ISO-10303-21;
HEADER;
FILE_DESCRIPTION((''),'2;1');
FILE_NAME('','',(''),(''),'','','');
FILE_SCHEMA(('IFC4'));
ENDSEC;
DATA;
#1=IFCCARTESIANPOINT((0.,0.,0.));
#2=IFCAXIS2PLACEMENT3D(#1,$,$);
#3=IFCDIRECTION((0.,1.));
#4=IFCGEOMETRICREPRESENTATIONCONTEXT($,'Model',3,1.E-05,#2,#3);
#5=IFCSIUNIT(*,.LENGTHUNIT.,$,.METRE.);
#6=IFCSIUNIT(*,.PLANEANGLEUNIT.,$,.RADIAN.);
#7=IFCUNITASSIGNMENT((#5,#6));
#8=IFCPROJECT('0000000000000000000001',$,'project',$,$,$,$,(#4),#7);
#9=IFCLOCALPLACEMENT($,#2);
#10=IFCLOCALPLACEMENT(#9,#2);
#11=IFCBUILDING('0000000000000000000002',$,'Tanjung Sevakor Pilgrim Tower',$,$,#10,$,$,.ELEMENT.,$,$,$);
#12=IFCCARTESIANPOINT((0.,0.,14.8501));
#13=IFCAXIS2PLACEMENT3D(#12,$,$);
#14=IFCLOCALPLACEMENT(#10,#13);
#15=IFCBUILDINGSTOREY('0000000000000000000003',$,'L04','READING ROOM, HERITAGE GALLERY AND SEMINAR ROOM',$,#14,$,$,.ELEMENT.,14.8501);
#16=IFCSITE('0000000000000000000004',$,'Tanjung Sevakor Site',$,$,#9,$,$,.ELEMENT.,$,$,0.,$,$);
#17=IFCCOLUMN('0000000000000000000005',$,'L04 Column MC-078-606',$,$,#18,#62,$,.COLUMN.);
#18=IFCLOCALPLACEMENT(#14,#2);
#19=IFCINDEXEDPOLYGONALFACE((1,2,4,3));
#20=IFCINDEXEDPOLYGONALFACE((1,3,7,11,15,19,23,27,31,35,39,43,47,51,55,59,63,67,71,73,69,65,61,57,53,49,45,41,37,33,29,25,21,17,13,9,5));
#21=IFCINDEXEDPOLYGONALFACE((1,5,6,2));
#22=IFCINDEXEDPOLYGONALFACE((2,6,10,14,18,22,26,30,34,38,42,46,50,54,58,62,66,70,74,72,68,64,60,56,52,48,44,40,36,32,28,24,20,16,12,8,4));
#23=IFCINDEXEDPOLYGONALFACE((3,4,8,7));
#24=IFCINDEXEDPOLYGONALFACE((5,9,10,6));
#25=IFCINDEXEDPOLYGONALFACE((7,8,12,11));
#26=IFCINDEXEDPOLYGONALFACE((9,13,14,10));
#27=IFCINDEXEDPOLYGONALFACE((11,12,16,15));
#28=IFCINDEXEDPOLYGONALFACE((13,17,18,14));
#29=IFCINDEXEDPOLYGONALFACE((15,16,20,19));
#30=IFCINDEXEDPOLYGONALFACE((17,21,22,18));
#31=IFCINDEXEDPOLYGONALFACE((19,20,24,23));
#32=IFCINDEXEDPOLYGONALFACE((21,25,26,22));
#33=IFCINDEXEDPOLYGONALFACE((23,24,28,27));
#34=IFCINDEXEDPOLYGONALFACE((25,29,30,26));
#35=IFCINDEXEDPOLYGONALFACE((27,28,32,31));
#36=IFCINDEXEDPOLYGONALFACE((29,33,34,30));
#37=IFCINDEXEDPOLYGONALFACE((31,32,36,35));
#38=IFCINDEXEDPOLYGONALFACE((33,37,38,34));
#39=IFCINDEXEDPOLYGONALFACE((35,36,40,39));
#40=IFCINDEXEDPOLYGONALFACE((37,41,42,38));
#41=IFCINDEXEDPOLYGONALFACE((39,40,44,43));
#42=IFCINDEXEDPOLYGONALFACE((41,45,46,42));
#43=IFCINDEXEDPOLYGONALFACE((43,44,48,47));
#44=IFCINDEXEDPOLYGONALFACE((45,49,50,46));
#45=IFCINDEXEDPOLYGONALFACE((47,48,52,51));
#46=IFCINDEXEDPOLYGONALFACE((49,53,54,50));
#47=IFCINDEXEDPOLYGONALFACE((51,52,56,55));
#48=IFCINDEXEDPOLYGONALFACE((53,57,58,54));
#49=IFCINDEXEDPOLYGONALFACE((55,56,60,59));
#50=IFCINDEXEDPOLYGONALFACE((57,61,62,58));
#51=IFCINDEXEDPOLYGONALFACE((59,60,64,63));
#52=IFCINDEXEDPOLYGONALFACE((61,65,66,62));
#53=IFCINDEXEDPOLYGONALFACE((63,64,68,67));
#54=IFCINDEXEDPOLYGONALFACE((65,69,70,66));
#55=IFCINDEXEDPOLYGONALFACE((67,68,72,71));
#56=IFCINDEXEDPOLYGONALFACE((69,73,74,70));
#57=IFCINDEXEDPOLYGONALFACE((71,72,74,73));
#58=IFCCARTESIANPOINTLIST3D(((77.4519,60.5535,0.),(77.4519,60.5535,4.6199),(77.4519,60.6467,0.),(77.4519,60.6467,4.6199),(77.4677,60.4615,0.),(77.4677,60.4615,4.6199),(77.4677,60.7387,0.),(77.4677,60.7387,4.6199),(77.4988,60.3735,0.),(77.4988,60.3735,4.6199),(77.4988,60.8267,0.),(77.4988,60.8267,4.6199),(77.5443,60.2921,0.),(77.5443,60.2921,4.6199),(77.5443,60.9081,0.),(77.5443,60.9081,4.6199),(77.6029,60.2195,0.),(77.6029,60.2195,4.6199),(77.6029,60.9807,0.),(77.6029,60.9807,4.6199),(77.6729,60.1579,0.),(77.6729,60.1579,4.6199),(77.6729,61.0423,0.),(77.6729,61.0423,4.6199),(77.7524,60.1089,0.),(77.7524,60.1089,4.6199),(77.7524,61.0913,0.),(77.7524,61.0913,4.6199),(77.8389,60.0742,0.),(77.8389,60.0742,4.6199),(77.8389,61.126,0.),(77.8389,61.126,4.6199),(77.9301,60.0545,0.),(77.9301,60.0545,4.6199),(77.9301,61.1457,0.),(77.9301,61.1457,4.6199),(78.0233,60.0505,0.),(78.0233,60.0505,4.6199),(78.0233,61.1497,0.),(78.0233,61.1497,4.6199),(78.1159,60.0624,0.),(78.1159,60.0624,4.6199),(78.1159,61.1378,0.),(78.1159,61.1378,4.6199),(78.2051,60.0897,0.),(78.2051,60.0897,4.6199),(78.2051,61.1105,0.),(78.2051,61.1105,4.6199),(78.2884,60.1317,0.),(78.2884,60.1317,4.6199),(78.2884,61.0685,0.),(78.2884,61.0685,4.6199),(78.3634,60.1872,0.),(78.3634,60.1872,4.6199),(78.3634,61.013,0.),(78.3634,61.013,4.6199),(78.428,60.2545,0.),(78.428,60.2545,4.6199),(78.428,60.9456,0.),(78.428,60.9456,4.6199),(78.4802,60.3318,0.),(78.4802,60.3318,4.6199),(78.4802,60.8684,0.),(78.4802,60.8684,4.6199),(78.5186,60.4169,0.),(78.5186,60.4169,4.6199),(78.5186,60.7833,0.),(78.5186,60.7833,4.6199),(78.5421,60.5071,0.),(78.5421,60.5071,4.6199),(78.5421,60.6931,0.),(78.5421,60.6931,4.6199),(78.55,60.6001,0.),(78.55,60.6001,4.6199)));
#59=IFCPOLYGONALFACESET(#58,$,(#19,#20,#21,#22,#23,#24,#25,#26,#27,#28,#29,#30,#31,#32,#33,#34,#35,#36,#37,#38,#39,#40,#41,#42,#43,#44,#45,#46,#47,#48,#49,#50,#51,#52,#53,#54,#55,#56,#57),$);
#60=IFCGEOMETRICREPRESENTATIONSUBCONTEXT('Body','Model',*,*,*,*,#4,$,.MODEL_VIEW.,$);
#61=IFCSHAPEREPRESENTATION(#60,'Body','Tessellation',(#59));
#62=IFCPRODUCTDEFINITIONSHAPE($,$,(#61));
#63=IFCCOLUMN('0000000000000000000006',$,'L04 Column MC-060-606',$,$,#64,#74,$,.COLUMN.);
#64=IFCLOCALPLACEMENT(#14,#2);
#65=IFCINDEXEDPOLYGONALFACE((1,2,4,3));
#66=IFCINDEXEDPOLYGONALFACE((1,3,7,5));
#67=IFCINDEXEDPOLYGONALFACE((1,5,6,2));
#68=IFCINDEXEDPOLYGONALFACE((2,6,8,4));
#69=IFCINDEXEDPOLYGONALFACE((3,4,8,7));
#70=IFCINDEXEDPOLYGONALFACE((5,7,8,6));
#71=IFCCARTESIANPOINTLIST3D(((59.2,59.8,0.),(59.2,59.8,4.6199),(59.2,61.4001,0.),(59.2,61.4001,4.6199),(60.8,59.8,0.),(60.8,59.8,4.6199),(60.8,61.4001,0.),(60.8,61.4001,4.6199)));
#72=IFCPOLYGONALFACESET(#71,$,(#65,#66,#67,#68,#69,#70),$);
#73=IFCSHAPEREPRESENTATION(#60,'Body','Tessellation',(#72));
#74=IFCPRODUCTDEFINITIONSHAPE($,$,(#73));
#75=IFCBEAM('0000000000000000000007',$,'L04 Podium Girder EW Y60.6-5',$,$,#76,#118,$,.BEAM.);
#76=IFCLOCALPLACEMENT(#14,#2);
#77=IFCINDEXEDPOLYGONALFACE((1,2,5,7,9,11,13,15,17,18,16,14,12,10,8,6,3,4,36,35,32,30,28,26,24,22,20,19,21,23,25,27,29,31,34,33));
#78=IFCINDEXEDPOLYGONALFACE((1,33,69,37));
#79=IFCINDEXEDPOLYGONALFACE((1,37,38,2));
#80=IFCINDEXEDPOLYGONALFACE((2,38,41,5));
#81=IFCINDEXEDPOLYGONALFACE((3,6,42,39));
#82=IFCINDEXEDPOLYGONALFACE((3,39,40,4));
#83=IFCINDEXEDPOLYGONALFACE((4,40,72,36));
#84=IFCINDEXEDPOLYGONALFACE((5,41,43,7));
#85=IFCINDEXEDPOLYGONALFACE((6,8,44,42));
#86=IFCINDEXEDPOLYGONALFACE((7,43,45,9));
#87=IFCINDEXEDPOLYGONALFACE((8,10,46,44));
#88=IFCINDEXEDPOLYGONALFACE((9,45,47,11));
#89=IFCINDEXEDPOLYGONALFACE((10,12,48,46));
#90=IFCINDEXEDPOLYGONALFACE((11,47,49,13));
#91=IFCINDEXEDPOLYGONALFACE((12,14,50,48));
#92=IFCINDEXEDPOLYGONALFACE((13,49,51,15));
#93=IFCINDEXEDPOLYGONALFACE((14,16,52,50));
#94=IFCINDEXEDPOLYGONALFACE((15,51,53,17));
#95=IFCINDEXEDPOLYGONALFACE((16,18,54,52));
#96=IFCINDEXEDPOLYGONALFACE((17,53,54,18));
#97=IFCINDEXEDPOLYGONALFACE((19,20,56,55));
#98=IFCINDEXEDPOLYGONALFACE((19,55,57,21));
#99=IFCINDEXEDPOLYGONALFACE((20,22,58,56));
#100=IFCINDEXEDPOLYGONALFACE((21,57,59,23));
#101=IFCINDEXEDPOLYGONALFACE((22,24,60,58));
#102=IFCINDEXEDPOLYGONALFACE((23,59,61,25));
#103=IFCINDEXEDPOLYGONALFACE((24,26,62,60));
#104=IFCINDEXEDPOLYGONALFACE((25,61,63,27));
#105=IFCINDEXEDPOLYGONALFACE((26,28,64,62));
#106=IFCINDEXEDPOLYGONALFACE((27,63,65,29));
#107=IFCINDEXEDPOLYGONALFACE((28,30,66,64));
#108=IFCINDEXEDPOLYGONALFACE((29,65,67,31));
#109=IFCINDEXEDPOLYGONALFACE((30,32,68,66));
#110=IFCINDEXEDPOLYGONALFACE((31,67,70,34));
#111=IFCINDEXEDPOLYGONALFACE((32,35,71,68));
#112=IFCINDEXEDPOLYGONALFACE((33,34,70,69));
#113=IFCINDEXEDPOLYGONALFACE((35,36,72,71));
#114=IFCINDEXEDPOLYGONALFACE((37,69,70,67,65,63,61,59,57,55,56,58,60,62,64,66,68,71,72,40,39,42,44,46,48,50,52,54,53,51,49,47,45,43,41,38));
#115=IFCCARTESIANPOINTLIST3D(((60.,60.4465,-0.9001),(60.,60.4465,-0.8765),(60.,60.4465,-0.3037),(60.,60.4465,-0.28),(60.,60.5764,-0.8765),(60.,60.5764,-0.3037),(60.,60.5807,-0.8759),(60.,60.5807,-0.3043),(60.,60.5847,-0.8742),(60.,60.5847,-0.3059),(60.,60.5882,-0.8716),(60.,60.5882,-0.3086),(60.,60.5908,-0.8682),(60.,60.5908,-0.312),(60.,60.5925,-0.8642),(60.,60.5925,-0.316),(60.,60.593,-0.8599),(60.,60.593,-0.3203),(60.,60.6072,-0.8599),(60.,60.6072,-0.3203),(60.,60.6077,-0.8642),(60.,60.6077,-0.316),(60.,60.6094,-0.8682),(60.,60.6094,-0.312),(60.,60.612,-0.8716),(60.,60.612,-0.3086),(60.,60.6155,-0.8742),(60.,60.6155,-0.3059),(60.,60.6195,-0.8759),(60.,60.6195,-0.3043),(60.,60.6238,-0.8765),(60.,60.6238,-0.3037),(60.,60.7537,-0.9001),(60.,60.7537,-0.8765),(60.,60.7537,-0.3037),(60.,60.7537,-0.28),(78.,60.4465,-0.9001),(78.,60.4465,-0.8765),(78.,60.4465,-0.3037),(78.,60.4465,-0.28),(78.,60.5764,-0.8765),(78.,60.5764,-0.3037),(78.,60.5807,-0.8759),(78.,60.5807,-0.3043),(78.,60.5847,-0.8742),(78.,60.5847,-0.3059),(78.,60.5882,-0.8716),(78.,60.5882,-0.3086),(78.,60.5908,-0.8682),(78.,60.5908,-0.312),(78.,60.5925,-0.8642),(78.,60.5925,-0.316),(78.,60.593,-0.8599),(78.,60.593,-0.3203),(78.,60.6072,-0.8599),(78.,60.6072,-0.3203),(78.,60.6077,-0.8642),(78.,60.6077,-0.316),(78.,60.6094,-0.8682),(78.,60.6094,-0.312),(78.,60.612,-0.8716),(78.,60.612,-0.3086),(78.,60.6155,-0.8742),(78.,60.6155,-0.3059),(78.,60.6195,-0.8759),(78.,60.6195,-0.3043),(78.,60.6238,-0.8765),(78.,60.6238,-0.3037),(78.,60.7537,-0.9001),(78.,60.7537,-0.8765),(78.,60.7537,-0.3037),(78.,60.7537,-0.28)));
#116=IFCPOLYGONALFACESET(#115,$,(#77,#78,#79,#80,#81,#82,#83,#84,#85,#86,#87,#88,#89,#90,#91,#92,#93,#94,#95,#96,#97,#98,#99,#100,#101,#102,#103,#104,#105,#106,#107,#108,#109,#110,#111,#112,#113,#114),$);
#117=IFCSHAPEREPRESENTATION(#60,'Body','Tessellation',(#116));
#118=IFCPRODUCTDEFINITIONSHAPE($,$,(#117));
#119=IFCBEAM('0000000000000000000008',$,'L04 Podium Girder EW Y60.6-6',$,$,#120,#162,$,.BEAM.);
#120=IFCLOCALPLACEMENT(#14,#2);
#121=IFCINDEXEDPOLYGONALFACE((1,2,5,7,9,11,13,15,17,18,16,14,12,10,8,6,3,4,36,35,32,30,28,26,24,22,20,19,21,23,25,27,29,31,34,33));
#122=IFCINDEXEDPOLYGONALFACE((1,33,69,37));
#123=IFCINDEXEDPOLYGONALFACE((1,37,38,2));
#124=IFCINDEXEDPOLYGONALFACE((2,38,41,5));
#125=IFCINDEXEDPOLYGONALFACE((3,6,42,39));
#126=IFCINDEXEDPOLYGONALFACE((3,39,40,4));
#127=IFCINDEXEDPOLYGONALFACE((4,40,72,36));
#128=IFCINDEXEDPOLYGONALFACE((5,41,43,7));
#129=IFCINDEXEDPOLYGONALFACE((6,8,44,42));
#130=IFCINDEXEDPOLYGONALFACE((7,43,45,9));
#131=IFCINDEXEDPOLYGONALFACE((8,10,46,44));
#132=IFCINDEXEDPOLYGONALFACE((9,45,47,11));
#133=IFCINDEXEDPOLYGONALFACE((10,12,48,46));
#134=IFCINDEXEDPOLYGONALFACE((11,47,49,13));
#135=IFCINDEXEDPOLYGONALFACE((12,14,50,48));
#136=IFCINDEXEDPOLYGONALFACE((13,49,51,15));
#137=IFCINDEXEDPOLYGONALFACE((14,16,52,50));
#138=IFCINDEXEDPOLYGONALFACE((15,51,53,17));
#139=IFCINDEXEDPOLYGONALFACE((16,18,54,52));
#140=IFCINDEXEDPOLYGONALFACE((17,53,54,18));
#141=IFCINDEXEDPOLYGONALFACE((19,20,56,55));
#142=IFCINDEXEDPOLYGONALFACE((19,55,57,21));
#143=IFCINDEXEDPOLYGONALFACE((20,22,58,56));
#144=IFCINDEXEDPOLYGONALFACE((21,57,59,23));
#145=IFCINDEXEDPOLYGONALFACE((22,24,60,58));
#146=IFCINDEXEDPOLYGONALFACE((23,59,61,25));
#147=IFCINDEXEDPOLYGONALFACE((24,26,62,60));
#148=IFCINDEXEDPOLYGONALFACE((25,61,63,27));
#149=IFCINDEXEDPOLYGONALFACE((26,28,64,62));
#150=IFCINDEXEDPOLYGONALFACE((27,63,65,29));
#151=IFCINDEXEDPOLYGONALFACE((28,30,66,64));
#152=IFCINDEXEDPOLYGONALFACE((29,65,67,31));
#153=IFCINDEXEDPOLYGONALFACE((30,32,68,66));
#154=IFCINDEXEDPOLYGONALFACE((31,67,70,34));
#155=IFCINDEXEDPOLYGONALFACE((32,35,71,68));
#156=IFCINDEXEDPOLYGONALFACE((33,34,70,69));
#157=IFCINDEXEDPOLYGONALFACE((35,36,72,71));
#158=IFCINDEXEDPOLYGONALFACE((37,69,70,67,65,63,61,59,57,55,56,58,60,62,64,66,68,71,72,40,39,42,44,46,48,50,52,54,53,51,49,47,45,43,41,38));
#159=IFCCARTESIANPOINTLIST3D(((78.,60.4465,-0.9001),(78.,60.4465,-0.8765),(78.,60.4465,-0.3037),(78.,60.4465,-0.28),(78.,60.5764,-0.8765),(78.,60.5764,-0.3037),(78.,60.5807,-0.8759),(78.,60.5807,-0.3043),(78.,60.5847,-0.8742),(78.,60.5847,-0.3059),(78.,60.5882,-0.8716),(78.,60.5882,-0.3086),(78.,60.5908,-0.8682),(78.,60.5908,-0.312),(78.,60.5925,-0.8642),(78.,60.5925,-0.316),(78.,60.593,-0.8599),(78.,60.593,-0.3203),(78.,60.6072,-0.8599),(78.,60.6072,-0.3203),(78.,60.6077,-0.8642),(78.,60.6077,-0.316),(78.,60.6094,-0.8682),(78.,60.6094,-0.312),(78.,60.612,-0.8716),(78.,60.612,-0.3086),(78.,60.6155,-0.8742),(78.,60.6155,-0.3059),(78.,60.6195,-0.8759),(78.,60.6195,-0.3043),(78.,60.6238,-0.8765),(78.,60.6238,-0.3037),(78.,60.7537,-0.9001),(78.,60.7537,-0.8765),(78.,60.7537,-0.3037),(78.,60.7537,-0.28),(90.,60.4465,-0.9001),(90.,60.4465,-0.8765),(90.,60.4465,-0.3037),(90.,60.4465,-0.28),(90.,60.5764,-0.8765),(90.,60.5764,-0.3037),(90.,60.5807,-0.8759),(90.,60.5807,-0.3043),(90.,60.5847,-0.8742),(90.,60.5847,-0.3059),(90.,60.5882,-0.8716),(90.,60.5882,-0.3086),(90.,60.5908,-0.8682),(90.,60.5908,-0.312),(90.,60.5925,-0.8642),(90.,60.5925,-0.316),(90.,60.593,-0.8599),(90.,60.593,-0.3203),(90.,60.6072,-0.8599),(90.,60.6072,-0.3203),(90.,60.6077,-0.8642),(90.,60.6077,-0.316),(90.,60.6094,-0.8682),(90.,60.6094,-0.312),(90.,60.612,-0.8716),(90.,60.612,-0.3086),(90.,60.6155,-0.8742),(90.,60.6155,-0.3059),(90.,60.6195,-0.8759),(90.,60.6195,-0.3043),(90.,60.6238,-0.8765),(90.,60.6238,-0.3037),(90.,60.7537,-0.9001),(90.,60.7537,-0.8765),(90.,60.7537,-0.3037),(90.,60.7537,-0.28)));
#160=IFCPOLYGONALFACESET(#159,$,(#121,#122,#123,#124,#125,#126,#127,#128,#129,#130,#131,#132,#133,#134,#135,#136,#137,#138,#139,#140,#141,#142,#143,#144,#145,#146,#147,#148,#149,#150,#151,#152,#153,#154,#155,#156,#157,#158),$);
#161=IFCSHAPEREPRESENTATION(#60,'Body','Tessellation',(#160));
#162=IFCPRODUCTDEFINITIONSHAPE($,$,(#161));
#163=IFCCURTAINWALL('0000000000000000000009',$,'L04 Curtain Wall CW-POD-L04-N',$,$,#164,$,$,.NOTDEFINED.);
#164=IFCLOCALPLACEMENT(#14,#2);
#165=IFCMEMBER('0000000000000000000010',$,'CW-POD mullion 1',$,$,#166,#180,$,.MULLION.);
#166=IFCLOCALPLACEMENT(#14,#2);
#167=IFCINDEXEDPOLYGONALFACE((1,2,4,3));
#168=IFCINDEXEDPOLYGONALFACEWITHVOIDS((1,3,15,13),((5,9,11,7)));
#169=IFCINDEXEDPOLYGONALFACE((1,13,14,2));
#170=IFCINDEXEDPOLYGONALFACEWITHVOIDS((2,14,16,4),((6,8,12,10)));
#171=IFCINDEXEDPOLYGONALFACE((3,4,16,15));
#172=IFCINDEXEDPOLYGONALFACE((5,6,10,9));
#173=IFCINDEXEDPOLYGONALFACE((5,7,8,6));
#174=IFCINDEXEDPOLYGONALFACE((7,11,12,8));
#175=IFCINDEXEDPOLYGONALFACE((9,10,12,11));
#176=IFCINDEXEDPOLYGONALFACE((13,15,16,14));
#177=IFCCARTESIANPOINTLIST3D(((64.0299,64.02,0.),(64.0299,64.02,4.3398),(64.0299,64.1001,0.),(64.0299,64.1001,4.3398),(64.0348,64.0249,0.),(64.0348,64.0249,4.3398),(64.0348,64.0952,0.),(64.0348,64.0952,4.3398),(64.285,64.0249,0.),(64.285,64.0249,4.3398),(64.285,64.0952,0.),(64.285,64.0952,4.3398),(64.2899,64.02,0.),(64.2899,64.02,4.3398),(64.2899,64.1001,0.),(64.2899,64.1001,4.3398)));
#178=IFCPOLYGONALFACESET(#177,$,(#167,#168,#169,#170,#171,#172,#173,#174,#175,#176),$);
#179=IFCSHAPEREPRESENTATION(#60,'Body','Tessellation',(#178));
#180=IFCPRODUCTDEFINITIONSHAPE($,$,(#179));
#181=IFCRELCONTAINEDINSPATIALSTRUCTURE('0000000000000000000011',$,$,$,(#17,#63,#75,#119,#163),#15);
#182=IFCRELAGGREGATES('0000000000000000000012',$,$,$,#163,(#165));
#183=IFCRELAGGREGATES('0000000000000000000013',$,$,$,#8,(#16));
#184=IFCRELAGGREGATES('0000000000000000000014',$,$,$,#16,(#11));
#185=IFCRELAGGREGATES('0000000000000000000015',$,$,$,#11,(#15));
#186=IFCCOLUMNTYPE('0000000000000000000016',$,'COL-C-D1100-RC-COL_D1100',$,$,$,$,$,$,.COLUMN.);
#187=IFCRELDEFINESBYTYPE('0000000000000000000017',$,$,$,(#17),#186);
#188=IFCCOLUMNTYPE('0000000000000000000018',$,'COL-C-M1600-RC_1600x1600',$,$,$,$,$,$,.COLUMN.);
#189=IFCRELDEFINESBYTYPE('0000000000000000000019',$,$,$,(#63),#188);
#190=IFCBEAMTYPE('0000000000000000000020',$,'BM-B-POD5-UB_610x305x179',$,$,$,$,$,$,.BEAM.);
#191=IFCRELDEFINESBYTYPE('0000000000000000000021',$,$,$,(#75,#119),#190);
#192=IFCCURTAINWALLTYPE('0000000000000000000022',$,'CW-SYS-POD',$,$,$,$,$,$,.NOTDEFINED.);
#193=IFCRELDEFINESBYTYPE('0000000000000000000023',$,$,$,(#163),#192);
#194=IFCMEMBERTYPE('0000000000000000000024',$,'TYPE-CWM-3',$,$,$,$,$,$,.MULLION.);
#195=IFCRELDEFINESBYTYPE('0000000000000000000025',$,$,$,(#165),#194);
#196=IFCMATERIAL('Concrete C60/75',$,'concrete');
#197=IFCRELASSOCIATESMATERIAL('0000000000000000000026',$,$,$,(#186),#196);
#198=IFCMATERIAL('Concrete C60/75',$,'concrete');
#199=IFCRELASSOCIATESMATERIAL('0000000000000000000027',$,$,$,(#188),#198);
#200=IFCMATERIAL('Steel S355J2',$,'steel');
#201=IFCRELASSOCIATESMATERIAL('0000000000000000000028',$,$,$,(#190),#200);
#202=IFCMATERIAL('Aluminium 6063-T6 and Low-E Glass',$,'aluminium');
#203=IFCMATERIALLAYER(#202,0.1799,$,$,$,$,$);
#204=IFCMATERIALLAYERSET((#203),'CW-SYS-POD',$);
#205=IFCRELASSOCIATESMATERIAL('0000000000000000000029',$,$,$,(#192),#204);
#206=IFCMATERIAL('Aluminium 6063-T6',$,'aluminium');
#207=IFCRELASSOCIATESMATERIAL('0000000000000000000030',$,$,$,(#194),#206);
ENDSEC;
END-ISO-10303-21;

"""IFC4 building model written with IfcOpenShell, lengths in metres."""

from ifc_helpers import new_model, si_unit, direction, frame, origin, origin_2d, place, context, subcontext, project, spatial, rectangle, hollow_rectangle, circle, i_section, extrude, material, layer, layer_set, material_profile, profile_set, type_object, element, aggregate, save


model = new_model("IFC4")

# Units and contexts
model_context = context("Model", 3, precision=1e-05, world=origin(), true_north=direction((0.0, 1.0)))
body_context = subcontext(model_context, "Body", "Model", "MODEL_VIEW")
ifc_project = project(units=[si_unit("LENGTHUNIT", "METRE"), si_unit("PLANEANGLEUNIT", "RADIAN")], contexts=[model_context])

# Site, building, storey
site_placement = place(None, origin())
site = spatial("IfcSite", under=ifc_project, at=site_placement, Name="Tanjung Sevakor Site", CompositionType="ELEMENT", RefElevation=0.0)
building_placement = place(site_placement, origin())
building = spatial("IfcBuilding", under=site, at=building_placement, Name="Tanjung Sevakor Pilgrim Tower", CompositionType="ELEMENT")
storey_placement = place(building_placement, frame((0.0, 0.0, 14.8501)))
storey = spatial("IfcBuildingStorey", under=building, at=storey_placement, Name="L04", Description="READING ROOM, HERITAGE GALLERY AND SEMINAR ROOM", CompositionType="ELEMENT", Elevation=14.8501)

# Columns
ifc_material_1 = material(Name="Concrete C60/75", Category="concrete")
ifc_material_profile_1 = material_profile(ifc_material_1, circle(Radius=0.55, at=origin_2d()))
ifc_profile_set_1 = profile_set([ifc_material_profile_1], Name="Concrete C60/75")
column_type_1 = type_object("IfcColumnType", Name="COL-C-D1100-RC-COL_D1100", PredefinedType="COLUMN", material=ifc_profile_set_1)
column_1_placement = place(storey_placement, frame((78.0, 60.6001, 0.0), z_axis=(0.0, 0.0, 1.0), x_axis=(1.0, 0.0, 0.0)))
element("IfcColumn", 1, at=column_1_placement, inside=storey, type_object=column_type_1, Name="L04 Column MC-078-606", PredefinedType="COLUMN", context=body_context, shape_type="SweptSolid", body=[
    extrude(circle(Radius=0.55, at=origin_2d()), origin(), (0.0, 0.0, 1.0), 4.6199),
])
ifc_material_2 = material(Name="Concrete C60/75", Category="concrete")
ifc_material_profile_2 = material_profile(ifc_material_2, rectangle(XDim=1.6001, YDim=1.6001, at=origin_2d()))
ifc_profile_set_2 = profile_set([ifc_material_profile_2], Name="Concrete C60/75")
column_type_2 = type_object("IfcColumnType", Name="COL-C-M1600-RC_1600x1600", PredefinedType="COLUMN", material=ifc_profile_set_2)
column_2_placement = place(storey_placement, frame((60.0, 60.6001, 0.0), z_axis=(0.0, 0.0, 1.0), x_axis=(1.0, 0.0, 0.0)))
element("IfcColumn", 2, at=column_2_placement, inside=storey, type_object=column_type_2, Name="L04 Column MC-060-606", PredefinedType="COLUMN", context=body_context, shape_type="SweptSolid", body=[
    extrude(rectangle(XDim=1.6001, YDim=1.6001, at=origin_2d()), origin(), (0.0, 0.0, 1.0), 4.6199),
])

# Beams
ifc_material_3 = material(Name="Steel S355J2", Category="steel")
ifc_material_profile_3 = material_profile(ifc_material_3, i_section(OverallWidth=0.3071, OverallDepth=0.6201, WebThickness=0.0142, FlangeThickness=0.0237, FilletRadius=0.0166, at=origin_2d()))
ifc_profile_set_3 = profile_set([ifc_material_profile_3], Name="Steel S355J2")
beam_type = type_object("IfcBeamType", Name="BM-B-POD5-UB_610x305x179", PredefinedType="BEAM", material=ifc_profile_set_3)
beam_1_placement = place(storey_placement, frame((60.0, 60.6001, -0.5901), z_axis=(1.0, 0.0, 0.0), x_axis=(0.0, 1.0, 0.0)))
element("IfcBeam", 3, at=beam_1_placement, inside=storey, type_object=beam_type, Name="L04 Podium Girder EW Y60.6-5", PredefinedType="BEAM", context=body_context, shape_type="SweptSolid", body=[
    extrude(i_section(OverallWidth=0.3071, OverallDepth=0.6201, WebThickness=0.0142, FlangeThickness=0.0237, FilletRadius=0.0166, at=origin_2d()), origin(), (0.0, 0.0, 1.0), 18.0),
])
beam_2_placement = place(storey_placement, frame((78.0, 60.6001, -0.5901), z_axis=(1.0, 0.0, 0.0), x_axis=(0.0, 1.0, 0.0)))
element("IfcBeam", 4, at=beam_2_placement, inside=storey, type_object=beam_type, Name="L04 Podium Girder EW Y60.6-6", PredefinedType="BEAM", context=body_context, shape_type="SweptSolid", body=[
    extrude(i_section(OverallWidth=0.3071, OverallDepth=0.6201, WebThickness=0.0142, FlangeThickness=0.0237, FilletRadius=0.0166, at=origin_2d()), origin(), (0.0, 0.0, 1.0), 12.0),
])

# Curtain wall, member
ifc_material_4 = material(Name="Aluminium 6063-T6 and Low-E Glass", Category="aluminium")
ifc_layer_1 = layer(ifc_material_4, 0.1799)
ifc_layer_set_1 = layer_set([ifc_layer_1], Name="CW-SYS-POD")
curtain_wall_type = type_object("IfcCurtainWallType", Name="CW-SYS-POD", PredefinedType="NOTDEFINED", material=ifc_layer_set_1)
curtain_wall_placement = place(storey_placement, origin())
curtain_wall = element("IfcCurtainWall", 5, at=curtain_wall_placement, inside=storey, type_object=curtain_wall_type, Name="L04 Curtain Wall CW-POD-L04-N", PredefinedType="NOTDEFINED")
ifc_material_5 = material(Name="Aluminium 6063-T6", Category="aluminium")
ifc_material_profile_4 = material_profile(ifc_material_5, hollow_rectangle(XDim=0.0801, YDim=0.26, WallThickness=0.0049, at=origin_2d()))
ifc_profile_set_4 = profile_set([ifc_material_profile_4], Name="Aluminium 6063-T6")
member_type_1 = type_object("IfcMemberType", Name="TYPE-CWM-3", PredefinedType="MULLION", material=ifc_profile_set_4)
member_1_placement = place(storey_placement, frame((64.1599, 64.0601, 0.0), z_axis=(0.0, 0.0, 1.0), x_axis=(0.0, -1.0, 0.0)))
member_1 = element("IfcMember", 6, at=member_1_placement, type_object=member_type_1, Name="CW-POD mullion 1", PredefinedType="MULLION", context=body_context, shape_type="SweptSolid", body=[
    extrude(hollow_rectangle(XDim=0.0801, YDim=0.26, WallThickness=0.0049, at=origin_2d()), origin(), (0.0, 0.0, 1.0), 4.3398),
])
aggregate(curtain_wall, [member_1])

save(model, "model.ifc")
